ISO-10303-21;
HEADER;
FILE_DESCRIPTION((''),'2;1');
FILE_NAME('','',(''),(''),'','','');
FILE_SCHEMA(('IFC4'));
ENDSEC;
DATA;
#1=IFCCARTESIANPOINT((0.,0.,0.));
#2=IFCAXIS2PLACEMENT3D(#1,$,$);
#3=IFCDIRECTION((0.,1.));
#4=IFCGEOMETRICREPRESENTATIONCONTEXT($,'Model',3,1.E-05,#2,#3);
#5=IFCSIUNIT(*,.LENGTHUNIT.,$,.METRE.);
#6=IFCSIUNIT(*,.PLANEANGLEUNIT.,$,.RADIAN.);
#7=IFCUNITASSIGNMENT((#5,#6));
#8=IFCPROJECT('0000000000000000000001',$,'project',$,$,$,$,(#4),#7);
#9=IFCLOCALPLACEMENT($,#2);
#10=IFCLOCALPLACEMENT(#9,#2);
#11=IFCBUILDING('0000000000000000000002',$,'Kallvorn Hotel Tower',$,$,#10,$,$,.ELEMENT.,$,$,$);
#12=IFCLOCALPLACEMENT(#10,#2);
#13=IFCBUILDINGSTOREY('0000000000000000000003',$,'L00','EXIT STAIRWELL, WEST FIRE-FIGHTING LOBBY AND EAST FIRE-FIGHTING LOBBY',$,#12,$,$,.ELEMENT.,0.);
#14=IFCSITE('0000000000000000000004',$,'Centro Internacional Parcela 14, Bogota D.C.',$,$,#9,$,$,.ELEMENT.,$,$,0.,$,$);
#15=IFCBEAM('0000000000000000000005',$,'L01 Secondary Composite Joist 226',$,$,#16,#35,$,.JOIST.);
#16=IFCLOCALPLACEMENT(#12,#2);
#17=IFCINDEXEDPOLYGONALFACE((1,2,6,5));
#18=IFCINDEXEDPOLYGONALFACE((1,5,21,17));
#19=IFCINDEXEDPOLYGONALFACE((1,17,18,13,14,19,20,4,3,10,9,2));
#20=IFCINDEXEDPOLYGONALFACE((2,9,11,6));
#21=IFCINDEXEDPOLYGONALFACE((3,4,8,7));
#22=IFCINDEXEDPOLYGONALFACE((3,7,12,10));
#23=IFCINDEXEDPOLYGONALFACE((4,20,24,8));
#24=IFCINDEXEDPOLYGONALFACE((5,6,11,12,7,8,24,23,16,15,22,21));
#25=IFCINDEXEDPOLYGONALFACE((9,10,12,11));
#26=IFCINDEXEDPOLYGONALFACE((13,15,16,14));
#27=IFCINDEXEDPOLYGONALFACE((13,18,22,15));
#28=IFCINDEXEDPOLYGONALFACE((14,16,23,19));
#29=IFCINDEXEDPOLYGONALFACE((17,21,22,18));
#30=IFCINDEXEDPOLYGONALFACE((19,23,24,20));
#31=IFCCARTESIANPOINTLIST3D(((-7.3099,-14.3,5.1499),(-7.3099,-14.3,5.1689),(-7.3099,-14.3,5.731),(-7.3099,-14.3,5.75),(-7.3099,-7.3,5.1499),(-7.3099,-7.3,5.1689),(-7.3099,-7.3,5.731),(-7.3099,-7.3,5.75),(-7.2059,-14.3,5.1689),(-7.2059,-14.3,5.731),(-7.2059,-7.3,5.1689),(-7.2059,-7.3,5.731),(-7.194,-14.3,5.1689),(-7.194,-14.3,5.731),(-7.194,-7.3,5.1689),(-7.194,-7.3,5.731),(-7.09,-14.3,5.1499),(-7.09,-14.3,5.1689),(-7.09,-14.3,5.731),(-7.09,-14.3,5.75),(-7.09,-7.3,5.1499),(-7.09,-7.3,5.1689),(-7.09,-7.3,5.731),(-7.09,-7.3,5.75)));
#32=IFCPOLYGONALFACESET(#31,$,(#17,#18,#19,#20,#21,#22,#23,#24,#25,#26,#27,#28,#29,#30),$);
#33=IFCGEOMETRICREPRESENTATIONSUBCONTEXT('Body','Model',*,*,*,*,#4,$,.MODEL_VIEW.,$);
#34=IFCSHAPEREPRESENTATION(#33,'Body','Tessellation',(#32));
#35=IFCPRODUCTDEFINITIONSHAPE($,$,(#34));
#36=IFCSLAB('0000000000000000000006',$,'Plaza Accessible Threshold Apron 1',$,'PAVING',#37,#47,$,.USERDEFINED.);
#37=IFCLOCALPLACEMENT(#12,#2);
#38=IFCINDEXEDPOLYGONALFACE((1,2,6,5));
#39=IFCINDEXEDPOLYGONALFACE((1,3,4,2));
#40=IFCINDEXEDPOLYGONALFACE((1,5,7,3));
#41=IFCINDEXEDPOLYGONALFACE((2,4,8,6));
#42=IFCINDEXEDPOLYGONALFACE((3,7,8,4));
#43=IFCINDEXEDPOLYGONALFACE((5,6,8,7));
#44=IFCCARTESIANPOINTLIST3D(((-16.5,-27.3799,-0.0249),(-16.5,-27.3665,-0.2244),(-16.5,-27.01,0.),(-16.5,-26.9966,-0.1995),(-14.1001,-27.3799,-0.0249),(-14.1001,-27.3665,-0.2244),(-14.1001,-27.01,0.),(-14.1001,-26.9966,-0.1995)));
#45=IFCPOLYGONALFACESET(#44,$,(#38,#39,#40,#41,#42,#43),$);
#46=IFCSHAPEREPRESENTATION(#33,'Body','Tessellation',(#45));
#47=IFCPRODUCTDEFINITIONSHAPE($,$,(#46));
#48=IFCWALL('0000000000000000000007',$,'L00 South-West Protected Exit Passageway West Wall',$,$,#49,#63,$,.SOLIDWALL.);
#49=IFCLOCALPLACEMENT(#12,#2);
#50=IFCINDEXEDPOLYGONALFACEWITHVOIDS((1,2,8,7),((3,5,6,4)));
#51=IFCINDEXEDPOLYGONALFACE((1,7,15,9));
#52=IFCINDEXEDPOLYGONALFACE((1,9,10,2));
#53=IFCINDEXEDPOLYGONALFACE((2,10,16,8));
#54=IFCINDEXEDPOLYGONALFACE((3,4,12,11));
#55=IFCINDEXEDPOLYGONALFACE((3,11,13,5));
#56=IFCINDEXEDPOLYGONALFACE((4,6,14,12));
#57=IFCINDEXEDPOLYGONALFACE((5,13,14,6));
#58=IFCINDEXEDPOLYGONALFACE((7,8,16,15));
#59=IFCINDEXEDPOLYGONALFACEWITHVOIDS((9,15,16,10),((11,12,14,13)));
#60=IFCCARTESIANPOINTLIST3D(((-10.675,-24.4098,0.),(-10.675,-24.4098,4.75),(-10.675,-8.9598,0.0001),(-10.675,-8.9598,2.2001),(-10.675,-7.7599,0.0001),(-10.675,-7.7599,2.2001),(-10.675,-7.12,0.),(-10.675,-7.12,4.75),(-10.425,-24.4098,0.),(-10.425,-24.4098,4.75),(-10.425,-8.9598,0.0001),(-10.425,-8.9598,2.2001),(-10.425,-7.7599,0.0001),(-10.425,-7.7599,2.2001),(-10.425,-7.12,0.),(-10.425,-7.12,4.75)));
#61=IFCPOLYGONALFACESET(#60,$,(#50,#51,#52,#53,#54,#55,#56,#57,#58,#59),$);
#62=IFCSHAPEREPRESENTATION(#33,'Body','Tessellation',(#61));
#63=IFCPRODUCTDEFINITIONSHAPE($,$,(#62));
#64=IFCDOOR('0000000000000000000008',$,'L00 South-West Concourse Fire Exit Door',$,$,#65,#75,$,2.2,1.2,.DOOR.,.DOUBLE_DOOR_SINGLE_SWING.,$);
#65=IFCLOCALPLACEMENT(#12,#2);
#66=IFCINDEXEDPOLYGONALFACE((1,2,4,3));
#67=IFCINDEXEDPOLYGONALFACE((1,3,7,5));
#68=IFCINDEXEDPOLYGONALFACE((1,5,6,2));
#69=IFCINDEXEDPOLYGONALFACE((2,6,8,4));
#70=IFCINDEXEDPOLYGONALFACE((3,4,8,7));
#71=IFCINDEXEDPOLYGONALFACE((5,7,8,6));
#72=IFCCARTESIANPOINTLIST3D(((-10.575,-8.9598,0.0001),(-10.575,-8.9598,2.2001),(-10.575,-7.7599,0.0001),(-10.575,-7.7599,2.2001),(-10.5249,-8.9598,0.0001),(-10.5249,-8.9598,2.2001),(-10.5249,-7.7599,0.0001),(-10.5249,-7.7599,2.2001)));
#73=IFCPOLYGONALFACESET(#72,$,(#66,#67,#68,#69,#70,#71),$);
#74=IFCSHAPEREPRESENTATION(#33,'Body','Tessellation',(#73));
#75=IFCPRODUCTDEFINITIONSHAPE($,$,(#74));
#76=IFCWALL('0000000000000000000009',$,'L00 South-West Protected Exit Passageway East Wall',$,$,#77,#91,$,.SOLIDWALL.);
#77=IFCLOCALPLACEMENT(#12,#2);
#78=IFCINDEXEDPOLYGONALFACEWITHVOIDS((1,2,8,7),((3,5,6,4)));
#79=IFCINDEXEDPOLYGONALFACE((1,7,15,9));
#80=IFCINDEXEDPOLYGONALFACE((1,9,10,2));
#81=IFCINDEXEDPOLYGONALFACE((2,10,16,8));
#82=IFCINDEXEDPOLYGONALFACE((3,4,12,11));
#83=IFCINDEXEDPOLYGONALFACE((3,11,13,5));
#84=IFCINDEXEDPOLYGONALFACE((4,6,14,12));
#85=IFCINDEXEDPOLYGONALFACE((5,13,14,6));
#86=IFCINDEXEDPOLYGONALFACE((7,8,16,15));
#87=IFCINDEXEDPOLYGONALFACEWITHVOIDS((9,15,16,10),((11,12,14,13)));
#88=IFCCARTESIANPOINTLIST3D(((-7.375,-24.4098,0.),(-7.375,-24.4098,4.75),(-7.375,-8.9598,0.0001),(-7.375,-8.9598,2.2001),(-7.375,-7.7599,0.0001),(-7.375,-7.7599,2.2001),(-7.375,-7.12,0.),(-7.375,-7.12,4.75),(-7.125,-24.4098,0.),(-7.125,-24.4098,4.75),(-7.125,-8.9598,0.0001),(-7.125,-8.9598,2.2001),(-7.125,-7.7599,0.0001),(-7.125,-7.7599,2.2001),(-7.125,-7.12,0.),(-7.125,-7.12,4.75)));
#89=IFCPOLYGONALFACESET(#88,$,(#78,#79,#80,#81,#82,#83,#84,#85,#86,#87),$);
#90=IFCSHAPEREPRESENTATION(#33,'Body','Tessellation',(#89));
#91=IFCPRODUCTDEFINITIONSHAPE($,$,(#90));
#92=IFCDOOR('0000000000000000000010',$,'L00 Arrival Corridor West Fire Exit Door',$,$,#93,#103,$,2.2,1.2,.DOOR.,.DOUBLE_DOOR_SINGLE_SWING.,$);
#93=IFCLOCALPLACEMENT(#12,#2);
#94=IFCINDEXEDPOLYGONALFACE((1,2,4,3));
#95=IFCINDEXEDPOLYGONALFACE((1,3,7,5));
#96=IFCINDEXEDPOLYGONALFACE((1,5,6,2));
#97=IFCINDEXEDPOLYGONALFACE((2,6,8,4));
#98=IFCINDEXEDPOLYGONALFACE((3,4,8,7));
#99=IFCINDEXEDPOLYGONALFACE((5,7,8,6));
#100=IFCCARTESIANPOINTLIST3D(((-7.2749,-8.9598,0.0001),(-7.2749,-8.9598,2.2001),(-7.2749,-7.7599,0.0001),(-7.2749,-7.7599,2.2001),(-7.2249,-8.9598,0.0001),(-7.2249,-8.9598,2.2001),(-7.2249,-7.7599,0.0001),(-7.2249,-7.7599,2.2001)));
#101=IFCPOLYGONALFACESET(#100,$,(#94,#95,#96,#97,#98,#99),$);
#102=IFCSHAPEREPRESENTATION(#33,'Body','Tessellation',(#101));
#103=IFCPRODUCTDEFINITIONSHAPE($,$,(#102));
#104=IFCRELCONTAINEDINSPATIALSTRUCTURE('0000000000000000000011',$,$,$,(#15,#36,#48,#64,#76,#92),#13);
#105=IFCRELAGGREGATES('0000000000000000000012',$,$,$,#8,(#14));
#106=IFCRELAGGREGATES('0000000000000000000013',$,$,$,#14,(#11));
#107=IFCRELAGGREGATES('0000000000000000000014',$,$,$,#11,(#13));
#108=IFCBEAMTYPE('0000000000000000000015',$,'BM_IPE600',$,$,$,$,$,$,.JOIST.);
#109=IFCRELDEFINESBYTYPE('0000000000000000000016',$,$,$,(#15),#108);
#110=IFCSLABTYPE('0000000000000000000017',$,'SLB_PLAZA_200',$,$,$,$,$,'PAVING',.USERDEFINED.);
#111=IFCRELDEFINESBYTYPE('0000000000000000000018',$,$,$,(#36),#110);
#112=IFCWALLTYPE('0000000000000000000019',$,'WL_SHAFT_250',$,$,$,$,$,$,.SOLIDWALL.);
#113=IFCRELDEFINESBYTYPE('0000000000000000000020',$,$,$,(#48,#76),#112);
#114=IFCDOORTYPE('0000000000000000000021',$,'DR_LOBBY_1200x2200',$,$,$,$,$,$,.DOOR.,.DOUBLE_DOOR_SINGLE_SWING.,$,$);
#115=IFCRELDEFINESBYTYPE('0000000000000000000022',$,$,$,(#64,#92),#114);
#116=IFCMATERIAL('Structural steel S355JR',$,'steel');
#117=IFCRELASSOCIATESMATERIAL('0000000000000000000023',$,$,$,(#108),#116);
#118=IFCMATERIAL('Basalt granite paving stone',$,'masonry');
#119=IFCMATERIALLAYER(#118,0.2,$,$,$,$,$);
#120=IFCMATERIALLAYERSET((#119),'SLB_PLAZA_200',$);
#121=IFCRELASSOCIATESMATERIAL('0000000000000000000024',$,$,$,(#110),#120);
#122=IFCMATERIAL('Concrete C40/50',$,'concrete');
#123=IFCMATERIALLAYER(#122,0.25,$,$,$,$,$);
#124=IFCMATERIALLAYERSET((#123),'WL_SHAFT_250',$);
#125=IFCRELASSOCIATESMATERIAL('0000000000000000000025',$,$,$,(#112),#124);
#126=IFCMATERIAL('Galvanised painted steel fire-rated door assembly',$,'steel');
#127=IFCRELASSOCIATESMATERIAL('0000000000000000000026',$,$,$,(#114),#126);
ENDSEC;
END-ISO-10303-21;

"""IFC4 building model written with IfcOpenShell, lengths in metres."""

from ifc_helpers import new_model, si_unit, direction, frame, frame_2d, origin, origin_2d, place, context, subcontext, project, spatial, polyline, rectangle, i_section, outline, extrude, material, layer, layer_set, material_profile, profile_set, type_object, element, fill, save


model = new_model("IFC4")

# Units and contexts
model_context = context("Model", 3, precision=1e-05, world=origin(), true_north=direction((0.0, 1.0)))
body_context = subcontext(model_context, "Body", "Model", "MODEL_VIEW")
ifc_project = project(units=[si_unit("LENGTHUNIT", "METRE"), si_unit("PLANEANGLEUNIT", "RADIAN")], contexts=[model_context])

# Site, building, storey
site_placement = place(None, origin())
site = spatial("IfcSite", under=ifc_project, at=site_placement, Name="Centro Internacional Parcela 14, Bogota D.C.", CompositionType="ELEMENT", RefElevation=0.0)
building_placement = place(site_placement, origin())
building = spatial("IfcBuilding", under=site, at=building_placement, Name="Kallvorn Hotel Tower", CompositionType="ELEMENT")
storey_placement = place(building_placement, origin())
storey = spatial("IfcBuildingStorey", under=building, at=storey_placement, Name="L00", Description="EXIT STAIRWELL, WEST FIRE-FIGHTING LOBBY AND EAST FIRE-FIGHTING LOBBY", CompositionType="ELEMENT", Elevation=0.0)

# Beam
ifc_material_1 = material(Name="Structural steel S355JR", Category="steel")
ifc_material_profile_1 = material_profile(ifc_material_1, i_section(OverallWidth=0.22, OverallDepth=0.6001, WebThickness=0.012, FlangeThickness=0.019, at=origin_2d()), Name="IPE 600")
ifc_profile_set_1 = profile_set([ifc_material_profile_1], Name="Structural steel S355JR")
beam_type_1 = type_object("IfcBeamType", Name="BM_IPE600", PredefinedType="JOIST", material=ifc_profile_set_1)
for number, where, z_axis, x_axis, name in (
    (1, (-7.2, -14.3, 5.45), (0.0, 1.0, 0.0), (-1.0, 0.0, 0.0), "L01 Secondary Composite Joist 226"),
):
    element("IfcBeam", number, at=place(storey_placement, frame(where, z_axis=z_axis, x_axis=x_axis)), inside=storey, type_object=beam_type_1, Name=name, PredefinedType="JOIST", context=body_context, shape_type="SweptSolid", body=[
        extrude(i_section(OverallWidth=0.22, OverallDepth=0.6001, WebThickness=0.012, FlangeThickness=0.019, at=origin_2d()), origin(), (0.0, 0.0, 1.0), 7.0),
    ])

# Slab
ifc_material_2 = material(Name="Basalt granite paving stone", Category="masonry")
ifc_layer_1 = layer(ifc_material_2, 0.2)
ifc_layer_set_1 = layer_set([ifc_layer_1], Name="SLB_PLAZA_200")
slab_type = type_object("IfcSlabType", Name="SLB_PLAZA_200", ElementType="PAVING", PredefinedType="USERDEFINED", material=ifc_layer_set_1)
slab_placement = place(storey_placement, frame((-16.5, -27.3799, -0.0249), z_axis=(0.0, -0.067175, 0.997741), x_axis=(1.0, 0.0, 0.0)))
element("IfcSlab", 2, at=slab_placement, inside=storey, type_object=slab_type, Name="Plaza Accessible Threshold Apron 1", ObjectType="PAVING", PredefinedType="USERDEFINED", context=body_context, shape_type="SweptSolid", body=[
    extrude(outline(polyline([(0.0, 0.0), (2.3999, 0.0), (2.3999, 0.3707), (0.0, 0.3707), (0.0, 0.0)])), origin(), (0.0, 0.0, -1.0), 0.2),
])

# Walls, openings, doors
ifc_material_3 = material(Name="Concrete C40/50", Category="concrete")
ifc_layer_2 = layer(ifc_material_3, 0.25)
ifc_layer_set_2 = layer_set([ifc_layer_2], Name="WL_SHAFT_250")
wall_type = type_object("IfcWallType", Name="WL_SHAFT_250", PredefinedType="SOLIDWALL", material=ifc_layer_set_2)
wall_1_placement = place(storey_placement, frame((-10.55, -24.4099, 0.0), z_axis=(0.0, 0.0, 1.0), x_axis=(0.0, 1.0, 0.0)))
wall_1 = element("IfcWall", 3, at=wall_1_placement, inside=storey, type_object=wall_type, Name="L00 South-West Protected Exit Passageway West Wall", PredefinedType="SOLIDWALL", context=body_context, shape_type="SweptSolid", body=[
    extrude(rectangle(XDim=17.2898, YDim=0.25, at=frame_2d((8.645, 0.0))), origin(), (0.0, 0.0, 1.0), 4.75),
])
opening_1_placement = place(wall_1_placement, frame((15.45, 0.0, 0.0)))
opening_1 = element("IfcOpeningElement", 4, at=opening_1_placement, cuts=wall_1, PredefinedType="OPENING", context=body_context, shape_type="SweptSolid", body=[
    extrude(rectangle(XDim=1.2, YDim=2.2, at=frame_2d((0.6001, 1.1001))), frame((0.0, 0.1399, 0.0), z_axis=(0.0, -1.0, 0.0), x_axis=(1.0, 0.0, 0.0)), (0.0, 0.0, 1.0), 0.28),
])
ifc_material_4 = material(Name="Galvanised painted steel fire-rated door assembly", Category="steel")
door_type = type_object("IfcDoorType", Name="DR_LOBBY_1200x2200", OperationType="DOUBLE_DOOR_SINGLE_SWING", PredefinedType="DOOR", material=ifc_material_4)
door_1_placement = place(opening_1_placement, origin())
door_1 = element("IfcDoor", 5, at=door_1_placement, inside=storey, type_object=door_type, Name="L00 South-West Concourse Fire Exit Door", OperationType="DOUBLE_DOOR_SINGLE_SWING", OverallHeight=2.2, OverallWidth=1.2, PredefinedType="DOOR", context=body_context, shape_type="SweptSolid", body=[
    extrude(rectangle(XDim=1.2, YDim=2.2, at=frame_2d((0.6001, 1.1001))), frame((0.0, 0.0249, 0.0), z_axis=(0.0, -1.0, 0.0), x_axis=(1.0, 0.0, 0.0)), (0.0, 0.0, 1.0), 0.05),
])
fill(opening_1, door_1)
wall_2_placement = place(storey_placement, frame((-7.25, -24.4099, 0.0), z_axis=(0.0, 0.0, 1.0), x_axis=(0.0, 1.0, 0.0)))
wall_2 = element("IfcWall", 6, at=wall_2_placement, inside=storey, type_object=wall_type, Name="L00 South-West Protected Exit Passageway East Wall", PredefinedType="SOLIDWALL", context=body_context, shape_type="SweptSolid", body=[
    extrude(rectangle(XDim=17.2898, YDim=0.25, at=frame_2d((8.645, 0.0))), origin(), (0.0, 0.0, 1.0), 4.75),
])
opening_2_placement = place(wall_2_placement, frame((15.45, 0.0, 0.0)))
opening_2 = element("IfcOpeningElement", 7, at=opening_2_placement, cuts=wall_2, PredefinedType="OPENING", context=body_context, shape_type="SweptSolid", body=[
    extrude(rectangle(XDim=1.2, YDim=2.2, at=frame_2d((0.6001, 1.1001))), frame((0.0, 0.1399, 0.0), z_axis=(0.0, -1.0, 0.0), x_axis=(1.0, 0.0, 0.0)), (0.0, 0.0, 1.0), 0.28),
])
door_2_placement = place(opening_2_placement, origin())
door_2 = element("IfcDoor", 8, at=door_2_placement, inside=storey, type_object=door_type, Name="L00 Arrival Corridor West Fire Exit Door", OperationType="DOUBLE_DOOR_SINGLE_SWING", OverallHeight=2.2, OverallWidth=1.2, PredefinedType="DOOR", context=body_context, shape_type="SweptSolid", body=[
    extrude(rectangle(XDim=1.2, YDim=2.2, at=frame_2d((0.6001, 1.1001))), frame((0.0, 0.0249, 0.0), z_axis=(0.0, -1.0, 0.0), x_axis=(1.0, 0.0, 0.0)), (0.0, 0.0, 1.0), 0.05),
])
fill(opening_2, door_2)

save(model, "model.ifc")
